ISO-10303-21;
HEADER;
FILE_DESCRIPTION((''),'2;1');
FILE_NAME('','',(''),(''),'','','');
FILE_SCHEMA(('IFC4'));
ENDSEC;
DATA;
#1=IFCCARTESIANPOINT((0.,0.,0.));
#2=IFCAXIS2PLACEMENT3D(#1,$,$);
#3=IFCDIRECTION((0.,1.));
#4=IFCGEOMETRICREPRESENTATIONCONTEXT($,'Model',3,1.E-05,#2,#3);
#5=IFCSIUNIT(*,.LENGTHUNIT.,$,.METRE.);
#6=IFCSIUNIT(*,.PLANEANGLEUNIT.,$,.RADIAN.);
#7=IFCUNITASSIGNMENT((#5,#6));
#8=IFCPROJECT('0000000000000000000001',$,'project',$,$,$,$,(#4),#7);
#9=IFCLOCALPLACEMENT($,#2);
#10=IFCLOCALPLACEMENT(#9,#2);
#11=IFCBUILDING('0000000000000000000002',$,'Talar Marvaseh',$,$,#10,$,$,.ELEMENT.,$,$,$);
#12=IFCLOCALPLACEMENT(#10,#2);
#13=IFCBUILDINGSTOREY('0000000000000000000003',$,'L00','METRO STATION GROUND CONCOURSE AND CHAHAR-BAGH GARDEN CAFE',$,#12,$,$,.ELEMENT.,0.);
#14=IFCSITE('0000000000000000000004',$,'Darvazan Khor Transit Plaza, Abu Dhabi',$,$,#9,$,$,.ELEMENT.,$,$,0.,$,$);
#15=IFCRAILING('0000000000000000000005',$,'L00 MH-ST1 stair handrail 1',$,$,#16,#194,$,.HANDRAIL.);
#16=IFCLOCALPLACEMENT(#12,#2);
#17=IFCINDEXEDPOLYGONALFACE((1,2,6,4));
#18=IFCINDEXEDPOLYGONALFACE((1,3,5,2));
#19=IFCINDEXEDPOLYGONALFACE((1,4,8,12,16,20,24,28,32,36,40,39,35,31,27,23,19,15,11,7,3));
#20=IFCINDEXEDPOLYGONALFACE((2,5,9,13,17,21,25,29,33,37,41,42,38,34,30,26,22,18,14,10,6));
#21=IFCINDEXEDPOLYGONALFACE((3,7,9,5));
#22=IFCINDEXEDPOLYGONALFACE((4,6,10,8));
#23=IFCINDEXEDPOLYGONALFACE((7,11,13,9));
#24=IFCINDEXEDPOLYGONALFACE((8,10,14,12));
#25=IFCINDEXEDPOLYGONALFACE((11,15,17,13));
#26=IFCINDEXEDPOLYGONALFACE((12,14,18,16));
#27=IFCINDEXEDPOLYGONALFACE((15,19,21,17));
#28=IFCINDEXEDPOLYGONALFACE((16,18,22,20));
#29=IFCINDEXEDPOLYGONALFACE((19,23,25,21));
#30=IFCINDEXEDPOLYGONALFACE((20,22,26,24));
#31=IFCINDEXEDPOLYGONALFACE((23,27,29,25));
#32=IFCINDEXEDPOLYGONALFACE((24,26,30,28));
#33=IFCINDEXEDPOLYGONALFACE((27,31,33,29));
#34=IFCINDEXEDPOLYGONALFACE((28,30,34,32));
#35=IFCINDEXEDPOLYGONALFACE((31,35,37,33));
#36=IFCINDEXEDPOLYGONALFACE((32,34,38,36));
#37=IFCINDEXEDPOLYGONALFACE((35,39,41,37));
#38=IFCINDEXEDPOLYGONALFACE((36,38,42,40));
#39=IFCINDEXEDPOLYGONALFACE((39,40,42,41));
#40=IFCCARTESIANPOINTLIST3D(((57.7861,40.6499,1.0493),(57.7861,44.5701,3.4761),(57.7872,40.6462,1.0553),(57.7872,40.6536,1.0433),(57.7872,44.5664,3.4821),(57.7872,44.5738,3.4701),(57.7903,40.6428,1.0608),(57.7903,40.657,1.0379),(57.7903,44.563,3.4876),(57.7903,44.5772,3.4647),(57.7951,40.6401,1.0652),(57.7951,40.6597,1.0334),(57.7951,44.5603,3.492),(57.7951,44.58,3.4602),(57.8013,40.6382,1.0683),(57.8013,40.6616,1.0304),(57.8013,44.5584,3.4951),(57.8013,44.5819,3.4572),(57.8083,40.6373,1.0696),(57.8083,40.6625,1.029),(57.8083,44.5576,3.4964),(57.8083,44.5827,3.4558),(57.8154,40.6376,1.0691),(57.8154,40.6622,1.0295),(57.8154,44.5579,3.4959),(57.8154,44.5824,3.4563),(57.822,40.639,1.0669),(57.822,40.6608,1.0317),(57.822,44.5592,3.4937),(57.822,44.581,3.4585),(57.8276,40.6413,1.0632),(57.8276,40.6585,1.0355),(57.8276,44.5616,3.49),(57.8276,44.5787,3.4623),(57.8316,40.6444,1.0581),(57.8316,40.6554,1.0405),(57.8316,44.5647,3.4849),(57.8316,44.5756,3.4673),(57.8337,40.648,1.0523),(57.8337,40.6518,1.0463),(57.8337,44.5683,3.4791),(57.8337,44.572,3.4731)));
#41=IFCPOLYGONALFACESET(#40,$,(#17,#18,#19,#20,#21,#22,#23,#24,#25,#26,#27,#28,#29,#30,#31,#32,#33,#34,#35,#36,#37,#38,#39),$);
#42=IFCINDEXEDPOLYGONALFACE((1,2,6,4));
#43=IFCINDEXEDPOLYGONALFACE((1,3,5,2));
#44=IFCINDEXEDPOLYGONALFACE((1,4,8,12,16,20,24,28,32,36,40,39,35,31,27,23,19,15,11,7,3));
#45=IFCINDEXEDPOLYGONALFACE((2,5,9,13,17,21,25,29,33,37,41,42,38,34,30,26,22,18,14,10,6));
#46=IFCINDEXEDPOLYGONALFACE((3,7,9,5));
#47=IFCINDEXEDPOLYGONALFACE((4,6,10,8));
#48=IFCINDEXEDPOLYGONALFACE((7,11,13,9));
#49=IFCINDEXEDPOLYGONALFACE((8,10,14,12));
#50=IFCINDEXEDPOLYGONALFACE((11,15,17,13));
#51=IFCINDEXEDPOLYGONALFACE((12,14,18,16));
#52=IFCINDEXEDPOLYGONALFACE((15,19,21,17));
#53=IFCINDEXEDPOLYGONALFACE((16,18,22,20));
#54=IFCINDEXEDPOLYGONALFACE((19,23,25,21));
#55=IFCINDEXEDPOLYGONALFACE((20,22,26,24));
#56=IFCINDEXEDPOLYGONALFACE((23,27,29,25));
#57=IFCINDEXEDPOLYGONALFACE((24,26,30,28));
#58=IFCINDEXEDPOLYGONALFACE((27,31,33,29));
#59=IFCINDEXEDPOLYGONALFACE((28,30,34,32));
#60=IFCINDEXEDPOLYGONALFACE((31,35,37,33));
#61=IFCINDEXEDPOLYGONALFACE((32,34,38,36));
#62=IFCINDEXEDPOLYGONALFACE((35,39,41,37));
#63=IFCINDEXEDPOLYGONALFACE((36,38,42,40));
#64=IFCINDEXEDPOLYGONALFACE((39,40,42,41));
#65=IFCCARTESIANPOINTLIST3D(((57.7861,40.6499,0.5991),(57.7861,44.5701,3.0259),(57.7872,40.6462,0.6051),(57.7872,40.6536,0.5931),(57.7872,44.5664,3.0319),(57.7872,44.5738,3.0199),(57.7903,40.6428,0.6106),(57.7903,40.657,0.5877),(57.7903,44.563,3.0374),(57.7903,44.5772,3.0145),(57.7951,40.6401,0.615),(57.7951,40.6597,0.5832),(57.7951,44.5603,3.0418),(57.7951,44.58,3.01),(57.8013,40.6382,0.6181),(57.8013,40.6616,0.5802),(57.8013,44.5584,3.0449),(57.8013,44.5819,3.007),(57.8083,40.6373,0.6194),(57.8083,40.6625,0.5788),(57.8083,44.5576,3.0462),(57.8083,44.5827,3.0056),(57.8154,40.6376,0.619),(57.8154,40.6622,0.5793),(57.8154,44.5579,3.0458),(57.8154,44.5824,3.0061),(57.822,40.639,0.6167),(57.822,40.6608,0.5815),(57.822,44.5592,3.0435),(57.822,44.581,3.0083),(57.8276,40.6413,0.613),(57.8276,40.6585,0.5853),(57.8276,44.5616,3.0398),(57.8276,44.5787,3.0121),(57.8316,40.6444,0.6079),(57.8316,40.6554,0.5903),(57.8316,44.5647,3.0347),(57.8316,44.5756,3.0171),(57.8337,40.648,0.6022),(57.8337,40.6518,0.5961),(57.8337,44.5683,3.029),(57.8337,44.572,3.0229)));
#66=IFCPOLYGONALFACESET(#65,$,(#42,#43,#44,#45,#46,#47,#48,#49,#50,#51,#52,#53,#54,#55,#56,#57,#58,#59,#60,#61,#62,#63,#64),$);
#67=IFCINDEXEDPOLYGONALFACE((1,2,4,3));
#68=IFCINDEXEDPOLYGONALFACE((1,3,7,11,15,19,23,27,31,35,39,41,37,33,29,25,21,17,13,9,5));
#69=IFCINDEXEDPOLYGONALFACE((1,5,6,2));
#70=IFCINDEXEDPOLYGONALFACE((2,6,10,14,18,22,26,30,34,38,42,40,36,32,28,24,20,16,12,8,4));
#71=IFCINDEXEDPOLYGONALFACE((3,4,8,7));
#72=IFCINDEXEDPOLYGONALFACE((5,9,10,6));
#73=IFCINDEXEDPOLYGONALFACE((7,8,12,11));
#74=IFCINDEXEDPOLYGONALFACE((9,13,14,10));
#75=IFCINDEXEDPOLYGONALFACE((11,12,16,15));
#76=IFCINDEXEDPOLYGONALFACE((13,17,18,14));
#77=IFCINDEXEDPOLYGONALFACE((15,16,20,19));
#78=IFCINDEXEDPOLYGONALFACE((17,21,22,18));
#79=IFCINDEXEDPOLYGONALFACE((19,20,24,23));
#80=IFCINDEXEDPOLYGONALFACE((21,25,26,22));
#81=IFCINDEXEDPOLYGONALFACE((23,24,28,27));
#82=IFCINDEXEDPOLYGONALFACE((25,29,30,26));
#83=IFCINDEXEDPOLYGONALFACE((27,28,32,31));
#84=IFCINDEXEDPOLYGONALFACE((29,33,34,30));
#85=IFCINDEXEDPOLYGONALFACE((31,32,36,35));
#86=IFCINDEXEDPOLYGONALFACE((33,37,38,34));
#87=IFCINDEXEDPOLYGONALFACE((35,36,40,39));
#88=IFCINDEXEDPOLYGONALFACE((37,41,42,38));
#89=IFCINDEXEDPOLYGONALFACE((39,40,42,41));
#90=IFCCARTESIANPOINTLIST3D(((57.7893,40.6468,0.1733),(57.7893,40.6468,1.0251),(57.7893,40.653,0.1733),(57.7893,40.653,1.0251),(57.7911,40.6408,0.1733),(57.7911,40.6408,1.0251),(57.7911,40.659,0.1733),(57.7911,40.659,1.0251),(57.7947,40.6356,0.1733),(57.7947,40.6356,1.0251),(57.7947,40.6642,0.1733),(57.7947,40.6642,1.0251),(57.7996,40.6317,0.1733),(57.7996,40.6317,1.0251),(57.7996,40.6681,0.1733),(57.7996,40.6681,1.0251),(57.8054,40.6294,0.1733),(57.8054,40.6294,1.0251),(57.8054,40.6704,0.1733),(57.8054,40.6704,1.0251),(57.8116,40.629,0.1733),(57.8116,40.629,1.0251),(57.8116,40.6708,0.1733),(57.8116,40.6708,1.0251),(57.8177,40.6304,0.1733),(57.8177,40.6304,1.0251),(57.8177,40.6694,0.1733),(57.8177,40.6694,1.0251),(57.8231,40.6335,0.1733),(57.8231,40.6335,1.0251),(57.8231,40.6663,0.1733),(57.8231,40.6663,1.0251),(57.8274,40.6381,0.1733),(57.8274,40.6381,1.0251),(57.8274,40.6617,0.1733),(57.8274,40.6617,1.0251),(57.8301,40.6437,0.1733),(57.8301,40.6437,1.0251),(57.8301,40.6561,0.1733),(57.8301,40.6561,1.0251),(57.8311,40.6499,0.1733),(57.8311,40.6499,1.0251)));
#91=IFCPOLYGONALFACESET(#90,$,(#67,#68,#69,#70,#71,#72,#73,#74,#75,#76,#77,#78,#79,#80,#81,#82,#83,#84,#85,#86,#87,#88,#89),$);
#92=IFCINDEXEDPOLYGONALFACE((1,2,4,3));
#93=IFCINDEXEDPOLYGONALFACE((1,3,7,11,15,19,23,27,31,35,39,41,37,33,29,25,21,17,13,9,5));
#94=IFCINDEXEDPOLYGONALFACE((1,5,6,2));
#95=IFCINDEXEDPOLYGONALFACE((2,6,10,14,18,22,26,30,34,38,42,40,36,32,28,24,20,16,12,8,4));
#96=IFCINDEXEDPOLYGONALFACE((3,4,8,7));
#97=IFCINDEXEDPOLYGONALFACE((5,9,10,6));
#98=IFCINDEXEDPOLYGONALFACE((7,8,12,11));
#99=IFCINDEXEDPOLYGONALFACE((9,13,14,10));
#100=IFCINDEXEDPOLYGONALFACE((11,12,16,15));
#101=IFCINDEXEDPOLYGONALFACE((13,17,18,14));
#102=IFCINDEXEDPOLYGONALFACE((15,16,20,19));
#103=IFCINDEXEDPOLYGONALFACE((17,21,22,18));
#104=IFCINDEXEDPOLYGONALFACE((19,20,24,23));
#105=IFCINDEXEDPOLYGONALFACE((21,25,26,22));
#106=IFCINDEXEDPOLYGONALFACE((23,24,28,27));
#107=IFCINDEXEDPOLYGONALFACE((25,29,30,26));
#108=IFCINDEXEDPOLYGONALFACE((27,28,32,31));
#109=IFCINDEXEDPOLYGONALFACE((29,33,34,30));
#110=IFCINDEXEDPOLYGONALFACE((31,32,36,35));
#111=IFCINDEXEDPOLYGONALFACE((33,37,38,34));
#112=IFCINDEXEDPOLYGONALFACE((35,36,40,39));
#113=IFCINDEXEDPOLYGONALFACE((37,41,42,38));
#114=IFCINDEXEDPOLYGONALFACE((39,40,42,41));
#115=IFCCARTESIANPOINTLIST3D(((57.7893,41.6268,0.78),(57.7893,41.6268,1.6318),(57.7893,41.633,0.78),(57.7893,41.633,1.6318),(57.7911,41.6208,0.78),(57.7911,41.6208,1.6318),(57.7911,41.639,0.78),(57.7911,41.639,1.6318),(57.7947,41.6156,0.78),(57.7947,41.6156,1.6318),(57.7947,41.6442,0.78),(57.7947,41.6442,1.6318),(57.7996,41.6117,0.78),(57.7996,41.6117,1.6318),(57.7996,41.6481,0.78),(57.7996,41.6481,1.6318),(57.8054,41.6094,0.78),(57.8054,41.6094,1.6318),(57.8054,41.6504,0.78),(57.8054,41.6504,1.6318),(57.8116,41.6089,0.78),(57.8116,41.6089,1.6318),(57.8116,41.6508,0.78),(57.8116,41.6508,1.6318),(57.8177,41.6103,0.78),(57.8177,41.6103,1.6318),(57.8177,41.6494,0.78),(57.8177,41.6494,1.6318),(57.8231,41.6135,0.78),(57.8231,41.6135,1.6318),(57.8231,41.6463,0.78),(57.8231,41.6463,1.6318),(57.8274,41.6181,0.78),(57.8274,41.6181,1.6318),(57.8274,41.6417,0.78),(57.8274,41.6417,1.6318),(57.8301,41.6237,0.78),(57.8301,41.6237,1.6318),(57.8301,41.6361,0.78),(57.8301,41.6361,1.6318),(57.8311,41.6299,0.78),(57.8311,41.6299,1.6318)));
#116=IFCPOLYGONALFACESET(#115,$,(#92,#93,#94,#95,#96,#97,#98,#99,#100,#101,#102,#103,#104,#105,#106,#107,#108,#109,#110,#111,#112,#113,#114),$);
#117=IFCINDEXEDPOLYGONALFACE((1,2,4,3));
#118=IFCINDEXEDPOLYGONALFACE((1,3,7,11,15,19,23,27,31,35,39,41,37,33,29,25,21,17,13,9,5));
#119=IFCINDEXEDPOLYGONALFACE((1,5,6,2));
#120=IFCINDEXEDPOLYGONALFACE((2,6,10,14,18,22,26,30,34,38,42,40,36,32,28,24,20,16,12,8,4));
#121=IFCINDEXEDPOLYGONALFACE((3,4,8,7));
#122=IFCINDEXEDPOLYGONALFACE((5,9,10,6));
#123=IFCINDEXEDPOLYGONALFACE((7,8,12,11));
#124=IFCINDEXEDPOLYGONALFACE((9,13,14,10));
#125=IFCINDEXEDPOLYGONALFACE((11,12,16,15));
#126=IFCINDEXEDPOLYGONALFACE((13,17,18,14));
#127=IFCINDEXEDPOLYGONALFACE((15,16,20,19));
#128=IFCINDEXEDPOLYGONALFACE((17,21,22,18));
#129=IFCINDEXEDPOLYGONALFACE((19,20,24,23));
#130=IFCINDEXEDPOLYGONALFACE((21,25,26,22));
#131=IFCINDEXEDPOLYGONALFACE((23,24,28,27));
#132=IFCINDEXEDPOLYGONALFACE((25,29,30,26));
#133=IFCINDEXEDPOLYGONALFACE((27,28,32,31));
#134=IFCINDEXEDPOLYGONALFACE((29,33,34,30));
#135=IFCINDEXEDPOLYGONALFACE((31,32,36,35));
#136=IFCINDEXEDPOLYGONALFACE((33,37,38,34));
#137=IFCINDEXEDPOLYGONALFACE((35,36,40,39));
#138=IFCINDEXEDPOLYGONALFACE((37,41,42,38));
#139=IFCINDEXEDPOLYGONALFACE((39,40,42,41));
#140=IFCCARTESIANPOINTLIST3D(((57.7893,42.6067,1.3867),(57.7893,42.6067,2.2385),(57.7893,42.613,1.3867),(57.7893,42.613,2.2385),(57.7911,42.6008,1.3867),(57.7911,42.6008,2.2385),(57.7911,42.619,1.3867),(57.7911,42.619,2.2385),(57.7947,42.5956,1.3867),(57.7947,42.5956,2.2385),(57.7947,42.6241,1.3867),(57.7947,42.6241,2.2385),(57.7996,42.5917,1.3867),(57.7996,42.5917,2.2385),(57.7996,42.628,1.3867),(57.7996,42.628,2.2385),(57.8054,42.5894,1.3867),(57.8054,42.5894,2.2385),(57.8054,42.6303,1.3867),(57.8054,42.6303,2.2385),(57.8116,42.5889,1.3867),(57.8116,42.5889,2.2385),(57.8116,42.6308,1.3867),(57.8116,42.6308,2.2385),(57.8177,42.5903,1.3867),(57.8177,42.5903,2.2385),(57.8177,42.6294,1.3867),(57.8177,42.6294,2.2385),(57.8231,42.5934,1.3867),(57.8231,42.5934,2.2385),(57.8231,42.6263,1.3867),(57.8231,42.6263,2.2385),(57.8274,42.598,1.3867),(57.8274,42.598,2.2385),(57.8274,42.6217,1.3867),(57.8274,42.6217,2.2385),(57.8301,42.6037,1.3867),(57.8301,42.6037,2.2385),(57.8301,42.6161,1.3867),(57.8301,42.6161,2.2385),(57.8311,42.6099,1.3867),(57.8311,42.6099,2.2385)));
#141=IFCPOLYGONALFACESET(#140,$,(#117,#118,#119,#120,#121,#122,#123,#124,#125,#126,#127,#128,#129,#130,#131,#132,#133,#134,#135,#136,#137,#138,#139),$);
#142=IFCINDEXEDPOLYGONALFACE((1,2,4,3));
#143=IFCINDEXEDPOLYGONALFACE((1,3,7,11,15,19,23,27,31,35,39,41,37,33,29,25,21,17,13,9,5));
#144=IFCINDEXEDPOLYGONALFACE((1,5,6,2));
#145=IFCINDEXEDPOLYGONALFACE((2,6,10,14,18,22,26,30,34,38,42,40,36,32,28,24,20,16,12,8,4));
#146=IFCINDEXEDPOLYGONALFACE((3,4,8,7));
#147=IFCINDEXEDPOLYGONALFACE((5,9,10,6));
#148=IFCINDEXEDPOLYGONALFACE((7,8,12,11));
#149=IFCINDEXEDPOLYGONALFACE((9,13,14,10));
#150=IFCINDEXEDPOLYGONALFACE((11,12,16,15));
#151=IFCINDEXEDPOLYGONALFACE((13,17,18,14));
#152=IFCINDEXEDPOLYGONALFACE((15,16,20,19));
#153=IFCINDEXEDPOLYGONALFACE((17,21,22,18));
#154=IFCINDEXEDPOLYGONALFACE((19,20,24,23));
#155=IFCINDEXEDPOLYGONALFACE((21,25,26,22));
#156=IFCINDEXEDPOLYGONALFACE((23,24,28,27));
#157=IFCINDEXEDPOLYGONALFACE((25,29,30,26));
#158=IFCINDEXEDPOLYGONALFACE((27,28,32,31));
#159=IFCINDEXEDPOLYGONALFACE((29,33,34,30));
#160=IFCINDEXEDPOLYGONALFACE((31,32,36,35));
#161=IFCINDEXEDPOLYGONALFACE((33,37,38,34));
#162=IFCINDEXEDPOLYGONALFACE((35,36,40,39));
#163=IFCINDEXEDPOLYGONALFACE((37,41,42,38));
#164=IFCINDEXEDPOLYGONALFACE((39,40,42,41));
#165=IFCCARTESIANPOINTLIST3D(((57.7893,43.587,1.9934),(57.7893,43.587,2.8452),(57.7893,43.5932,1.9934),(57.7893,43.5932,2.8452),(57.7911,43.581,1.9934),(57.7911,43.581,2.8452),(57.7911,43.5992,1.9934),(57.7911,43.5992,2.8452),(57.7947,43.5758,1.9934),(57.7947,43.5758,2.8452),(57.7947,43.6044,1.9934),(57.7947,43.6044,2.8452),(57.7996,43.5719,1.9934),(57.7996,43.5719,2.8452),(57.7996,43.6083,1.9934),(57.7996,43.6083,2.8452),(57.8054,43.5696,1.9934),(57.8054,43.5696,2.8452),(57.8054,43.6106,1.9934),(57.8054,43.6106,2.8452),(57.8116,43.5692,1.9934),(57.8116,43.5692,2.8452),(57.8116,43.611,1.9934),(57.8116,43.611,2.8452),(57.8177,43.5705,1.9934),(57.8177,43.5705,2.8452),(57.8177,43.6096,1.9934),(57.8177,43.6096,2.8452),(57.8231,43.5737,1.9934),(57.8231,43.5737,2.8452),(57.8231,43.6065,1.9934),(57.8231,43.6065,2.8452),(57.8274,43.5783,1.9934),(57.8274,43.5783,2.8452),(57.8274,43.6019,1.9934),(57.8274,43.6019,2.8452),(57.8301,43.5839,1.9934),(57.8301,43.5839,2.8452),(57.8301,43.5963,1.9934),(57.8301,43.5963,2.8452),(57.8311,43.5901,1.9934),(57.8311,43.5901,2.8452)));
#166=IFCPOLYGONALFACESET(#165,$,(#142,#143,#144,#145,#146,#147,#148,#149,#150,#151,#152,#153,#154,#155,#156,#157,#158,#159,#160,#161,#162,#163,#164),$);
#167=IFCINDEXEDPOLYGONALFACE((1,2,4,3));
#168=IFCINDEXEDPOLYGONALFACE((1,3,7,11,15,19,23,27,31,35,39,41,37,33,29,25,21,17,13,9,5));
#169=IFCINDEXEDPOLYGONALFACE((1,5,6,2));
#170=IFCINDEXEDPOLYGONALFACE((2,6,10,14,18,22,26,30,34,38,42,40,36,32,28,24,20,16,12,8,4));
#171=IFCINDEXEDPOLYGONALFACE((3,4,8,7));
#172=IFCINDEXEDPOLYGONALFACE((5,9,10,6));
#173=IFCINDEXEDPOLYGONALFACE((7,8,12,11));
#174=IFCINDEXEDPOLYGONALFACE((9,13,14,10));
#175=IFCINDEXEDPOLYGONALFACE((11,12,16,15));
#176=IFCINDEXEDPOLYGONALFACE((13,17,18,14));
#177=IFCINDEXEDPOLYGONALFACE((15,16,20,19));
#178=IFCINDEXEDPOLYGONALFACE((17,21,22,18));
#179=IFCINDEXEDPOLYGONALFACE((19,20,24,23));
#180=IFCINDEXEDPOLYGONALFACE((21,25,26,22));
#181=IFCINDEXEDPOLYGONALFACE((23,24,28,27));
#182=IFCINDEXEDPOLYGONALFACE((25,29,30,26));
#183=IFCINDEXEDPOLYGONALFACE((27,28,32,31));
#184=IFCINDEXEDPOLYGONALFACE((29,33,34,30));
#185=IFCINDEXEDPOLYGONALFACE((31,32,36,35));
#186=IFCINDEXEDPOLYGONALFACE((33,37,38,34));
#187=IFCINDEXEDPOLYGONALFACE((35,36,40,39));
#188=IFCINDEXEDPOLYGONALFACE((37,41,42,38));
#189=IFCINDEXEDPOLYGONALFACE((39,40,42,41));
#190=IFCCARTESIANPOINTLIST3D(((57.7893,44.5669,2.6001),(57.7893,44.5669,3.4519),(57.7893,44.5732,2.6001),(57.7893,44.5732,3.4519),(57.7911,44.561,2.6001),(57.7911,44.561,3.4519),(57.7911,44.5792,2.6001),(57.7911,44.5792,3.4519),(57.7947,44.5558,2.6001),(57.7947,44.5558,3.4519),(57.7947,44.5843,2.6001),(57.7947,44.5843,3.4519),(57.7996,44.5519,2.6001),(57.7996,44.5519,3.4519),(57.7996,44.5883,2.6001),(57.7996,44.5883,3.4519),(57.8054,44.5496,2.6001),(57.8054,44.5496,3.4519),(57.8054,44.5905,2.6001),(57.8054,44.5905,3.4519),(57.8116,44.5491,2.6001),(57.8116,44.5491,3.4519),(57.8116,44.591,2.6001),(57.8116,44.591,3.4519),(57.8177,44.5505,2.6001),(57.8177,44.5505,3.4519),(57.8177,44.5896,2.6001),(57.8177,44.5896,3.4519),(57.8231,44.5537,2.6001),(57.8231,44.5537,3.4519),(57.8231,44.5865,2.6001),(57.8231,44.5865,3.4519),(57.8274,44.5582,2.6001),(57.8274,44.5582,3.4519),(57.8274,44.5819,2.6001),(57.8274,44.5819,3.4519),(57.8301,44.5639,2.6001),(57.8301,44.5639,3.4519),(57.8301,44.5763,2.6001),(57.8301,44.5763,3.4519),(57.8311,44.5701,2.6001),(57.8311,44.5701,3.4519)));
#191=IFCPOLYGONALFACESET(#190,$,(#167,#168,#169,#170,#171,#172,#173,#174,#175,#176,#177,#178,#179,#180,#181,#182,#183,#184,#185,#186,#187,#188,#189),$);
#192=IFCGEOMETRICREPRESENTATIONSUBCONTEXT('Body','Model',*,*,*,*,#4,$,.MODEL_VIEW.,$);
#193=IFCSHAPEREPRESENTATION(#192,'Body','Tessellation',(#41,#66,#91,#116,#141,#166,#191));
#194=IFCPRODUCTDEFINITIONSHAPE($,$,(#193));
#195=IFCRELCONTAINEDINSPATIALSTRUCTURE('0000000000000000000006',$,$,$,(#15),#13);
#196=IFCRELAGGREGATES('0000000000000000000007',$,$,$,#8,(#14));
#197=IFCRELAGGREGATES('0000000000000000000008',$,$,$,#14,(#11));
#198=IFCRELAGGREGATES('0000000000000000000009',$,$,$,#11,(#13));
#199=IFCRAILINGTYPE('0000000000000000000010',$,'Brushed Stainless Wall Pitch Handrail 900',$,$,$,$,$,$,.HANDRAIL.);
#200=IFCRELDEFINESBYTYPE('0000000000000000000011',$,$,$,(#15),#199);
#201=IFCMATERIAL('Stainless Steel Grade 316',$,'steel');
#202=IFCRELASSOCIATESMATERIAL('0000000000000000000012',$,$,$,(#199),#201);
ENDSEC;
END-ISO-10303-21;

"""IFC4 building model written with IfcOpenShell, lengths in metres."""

from ifc_helpers import new_model, si_unit, direction, frame, origin, origin_2d, place, context, subcontext, project, spatial, circle, extrude, material, type_object, element, save


model = new_model("IFC4")

# Units and contexts
model_context = context("Model", 3, precision=1e-05, world=origin(), true_north=direction((0.0, 1.0)))
body_context = subcontext(model_context, "Body", "Model", "MODEL_VIEW")
ifc_project = project(units=[si_unit("LENGTHUNIT", "METRE"), si_unit("PLANEANGLEUNIT", "RADIAN")], contexts=[model_context])

# Site, building, storey
site_placement = place(None, origin())
site = spatial("IfcSite", under=ifc_project, at=site_placement, Name="Darvazan Khor Transit Plaza, Abu Dhabi", CompositionType="ELEMENT", RefElevation=0.0)
building_placement = place(site_placement, origin())
building = spatial("IfcBuilding", under=site, at=building_placement, Name="Talar Marvaseh", CompositionType="ELEMENT")
storey_placement = place(building_placement, origin())
storey = spatial("IfcBuildingStorey", under=building, at=storey_placement, Name="L00", Description="METRO STATION GROUND CONCOURSE AND CHAHAR-BAGH GARDEN CAFE", CompositionType="ELEMENT", Elevation=0.0)

# Shared definitions
ifc_material_1 = material(Name="Stainless Steel Grade 316", Category="steel")

# Railing
railing_type_1 = type_object("IfcRailingType", Name="Brushed Stainless Wall Pitch Handrail 900", PredefinedType="HANDRAIL", material=ifc_material_1)
railing_1_placement = place(storey_placement, frame((57.8101, 40.6499, 0.1733)))
element("IfcRailing", 1, at=railing_1_placement, inside=storey, type_object=railing_type_1, Name="L00 MH-ST1 stair handrail 1", PredefinedType="HANDRAIL", context=body_context, shape_type="SweptSolid", body=[
    extrude(circle(Radius=0.0239, at=origin_2d()), frame((0.0, 0.0, 0.876), z_axis=(0.0, 0.850266, 0.526353), x_axis=(-1.0, 0.0, 0.0)), (0.0, 0.0, 1.0), 4.6106),
    extrude(circle(Radius=0.0239, at=origin_2d()), frame((0.0, 0.0, 0.4258), z_axis=(0.0, 0.850266, 0.526353), x_axis=(-1.0, 0.0, 0.0)), (0.0, 0.0, 1.0), 4.6106),
    extrude(circle(Radius=0.021, at=origin_2d()), origin(), (0.0, 0.0, 1.0), 0.8518),
    extrude(circle(Radius=0.021, at=origin_2d()), frame((0.0, 0.98, 0.6067)), (0.0, 0.0, 1.0), 0.8518),
    extrude(circle(Radius=0.021, at=origin_2d()), frame((0.0, 1.96, 1.2134)), (0.0, 0.0, 1.0), 0.8518),
    extrude(circle(Radius=0.021, at=origin_2d()), frame((0.0, 2.9402, 1.8201)), (0.0, 0.0, 1.0), 0.8518),
    extrude(circle(Radius=0.021, at=origin_2d()), frame((0.0, 3.9202, 2.4268)), (0.0, 0.0, 1.0), 0.8518),
])

save(model, "model.ifc")
